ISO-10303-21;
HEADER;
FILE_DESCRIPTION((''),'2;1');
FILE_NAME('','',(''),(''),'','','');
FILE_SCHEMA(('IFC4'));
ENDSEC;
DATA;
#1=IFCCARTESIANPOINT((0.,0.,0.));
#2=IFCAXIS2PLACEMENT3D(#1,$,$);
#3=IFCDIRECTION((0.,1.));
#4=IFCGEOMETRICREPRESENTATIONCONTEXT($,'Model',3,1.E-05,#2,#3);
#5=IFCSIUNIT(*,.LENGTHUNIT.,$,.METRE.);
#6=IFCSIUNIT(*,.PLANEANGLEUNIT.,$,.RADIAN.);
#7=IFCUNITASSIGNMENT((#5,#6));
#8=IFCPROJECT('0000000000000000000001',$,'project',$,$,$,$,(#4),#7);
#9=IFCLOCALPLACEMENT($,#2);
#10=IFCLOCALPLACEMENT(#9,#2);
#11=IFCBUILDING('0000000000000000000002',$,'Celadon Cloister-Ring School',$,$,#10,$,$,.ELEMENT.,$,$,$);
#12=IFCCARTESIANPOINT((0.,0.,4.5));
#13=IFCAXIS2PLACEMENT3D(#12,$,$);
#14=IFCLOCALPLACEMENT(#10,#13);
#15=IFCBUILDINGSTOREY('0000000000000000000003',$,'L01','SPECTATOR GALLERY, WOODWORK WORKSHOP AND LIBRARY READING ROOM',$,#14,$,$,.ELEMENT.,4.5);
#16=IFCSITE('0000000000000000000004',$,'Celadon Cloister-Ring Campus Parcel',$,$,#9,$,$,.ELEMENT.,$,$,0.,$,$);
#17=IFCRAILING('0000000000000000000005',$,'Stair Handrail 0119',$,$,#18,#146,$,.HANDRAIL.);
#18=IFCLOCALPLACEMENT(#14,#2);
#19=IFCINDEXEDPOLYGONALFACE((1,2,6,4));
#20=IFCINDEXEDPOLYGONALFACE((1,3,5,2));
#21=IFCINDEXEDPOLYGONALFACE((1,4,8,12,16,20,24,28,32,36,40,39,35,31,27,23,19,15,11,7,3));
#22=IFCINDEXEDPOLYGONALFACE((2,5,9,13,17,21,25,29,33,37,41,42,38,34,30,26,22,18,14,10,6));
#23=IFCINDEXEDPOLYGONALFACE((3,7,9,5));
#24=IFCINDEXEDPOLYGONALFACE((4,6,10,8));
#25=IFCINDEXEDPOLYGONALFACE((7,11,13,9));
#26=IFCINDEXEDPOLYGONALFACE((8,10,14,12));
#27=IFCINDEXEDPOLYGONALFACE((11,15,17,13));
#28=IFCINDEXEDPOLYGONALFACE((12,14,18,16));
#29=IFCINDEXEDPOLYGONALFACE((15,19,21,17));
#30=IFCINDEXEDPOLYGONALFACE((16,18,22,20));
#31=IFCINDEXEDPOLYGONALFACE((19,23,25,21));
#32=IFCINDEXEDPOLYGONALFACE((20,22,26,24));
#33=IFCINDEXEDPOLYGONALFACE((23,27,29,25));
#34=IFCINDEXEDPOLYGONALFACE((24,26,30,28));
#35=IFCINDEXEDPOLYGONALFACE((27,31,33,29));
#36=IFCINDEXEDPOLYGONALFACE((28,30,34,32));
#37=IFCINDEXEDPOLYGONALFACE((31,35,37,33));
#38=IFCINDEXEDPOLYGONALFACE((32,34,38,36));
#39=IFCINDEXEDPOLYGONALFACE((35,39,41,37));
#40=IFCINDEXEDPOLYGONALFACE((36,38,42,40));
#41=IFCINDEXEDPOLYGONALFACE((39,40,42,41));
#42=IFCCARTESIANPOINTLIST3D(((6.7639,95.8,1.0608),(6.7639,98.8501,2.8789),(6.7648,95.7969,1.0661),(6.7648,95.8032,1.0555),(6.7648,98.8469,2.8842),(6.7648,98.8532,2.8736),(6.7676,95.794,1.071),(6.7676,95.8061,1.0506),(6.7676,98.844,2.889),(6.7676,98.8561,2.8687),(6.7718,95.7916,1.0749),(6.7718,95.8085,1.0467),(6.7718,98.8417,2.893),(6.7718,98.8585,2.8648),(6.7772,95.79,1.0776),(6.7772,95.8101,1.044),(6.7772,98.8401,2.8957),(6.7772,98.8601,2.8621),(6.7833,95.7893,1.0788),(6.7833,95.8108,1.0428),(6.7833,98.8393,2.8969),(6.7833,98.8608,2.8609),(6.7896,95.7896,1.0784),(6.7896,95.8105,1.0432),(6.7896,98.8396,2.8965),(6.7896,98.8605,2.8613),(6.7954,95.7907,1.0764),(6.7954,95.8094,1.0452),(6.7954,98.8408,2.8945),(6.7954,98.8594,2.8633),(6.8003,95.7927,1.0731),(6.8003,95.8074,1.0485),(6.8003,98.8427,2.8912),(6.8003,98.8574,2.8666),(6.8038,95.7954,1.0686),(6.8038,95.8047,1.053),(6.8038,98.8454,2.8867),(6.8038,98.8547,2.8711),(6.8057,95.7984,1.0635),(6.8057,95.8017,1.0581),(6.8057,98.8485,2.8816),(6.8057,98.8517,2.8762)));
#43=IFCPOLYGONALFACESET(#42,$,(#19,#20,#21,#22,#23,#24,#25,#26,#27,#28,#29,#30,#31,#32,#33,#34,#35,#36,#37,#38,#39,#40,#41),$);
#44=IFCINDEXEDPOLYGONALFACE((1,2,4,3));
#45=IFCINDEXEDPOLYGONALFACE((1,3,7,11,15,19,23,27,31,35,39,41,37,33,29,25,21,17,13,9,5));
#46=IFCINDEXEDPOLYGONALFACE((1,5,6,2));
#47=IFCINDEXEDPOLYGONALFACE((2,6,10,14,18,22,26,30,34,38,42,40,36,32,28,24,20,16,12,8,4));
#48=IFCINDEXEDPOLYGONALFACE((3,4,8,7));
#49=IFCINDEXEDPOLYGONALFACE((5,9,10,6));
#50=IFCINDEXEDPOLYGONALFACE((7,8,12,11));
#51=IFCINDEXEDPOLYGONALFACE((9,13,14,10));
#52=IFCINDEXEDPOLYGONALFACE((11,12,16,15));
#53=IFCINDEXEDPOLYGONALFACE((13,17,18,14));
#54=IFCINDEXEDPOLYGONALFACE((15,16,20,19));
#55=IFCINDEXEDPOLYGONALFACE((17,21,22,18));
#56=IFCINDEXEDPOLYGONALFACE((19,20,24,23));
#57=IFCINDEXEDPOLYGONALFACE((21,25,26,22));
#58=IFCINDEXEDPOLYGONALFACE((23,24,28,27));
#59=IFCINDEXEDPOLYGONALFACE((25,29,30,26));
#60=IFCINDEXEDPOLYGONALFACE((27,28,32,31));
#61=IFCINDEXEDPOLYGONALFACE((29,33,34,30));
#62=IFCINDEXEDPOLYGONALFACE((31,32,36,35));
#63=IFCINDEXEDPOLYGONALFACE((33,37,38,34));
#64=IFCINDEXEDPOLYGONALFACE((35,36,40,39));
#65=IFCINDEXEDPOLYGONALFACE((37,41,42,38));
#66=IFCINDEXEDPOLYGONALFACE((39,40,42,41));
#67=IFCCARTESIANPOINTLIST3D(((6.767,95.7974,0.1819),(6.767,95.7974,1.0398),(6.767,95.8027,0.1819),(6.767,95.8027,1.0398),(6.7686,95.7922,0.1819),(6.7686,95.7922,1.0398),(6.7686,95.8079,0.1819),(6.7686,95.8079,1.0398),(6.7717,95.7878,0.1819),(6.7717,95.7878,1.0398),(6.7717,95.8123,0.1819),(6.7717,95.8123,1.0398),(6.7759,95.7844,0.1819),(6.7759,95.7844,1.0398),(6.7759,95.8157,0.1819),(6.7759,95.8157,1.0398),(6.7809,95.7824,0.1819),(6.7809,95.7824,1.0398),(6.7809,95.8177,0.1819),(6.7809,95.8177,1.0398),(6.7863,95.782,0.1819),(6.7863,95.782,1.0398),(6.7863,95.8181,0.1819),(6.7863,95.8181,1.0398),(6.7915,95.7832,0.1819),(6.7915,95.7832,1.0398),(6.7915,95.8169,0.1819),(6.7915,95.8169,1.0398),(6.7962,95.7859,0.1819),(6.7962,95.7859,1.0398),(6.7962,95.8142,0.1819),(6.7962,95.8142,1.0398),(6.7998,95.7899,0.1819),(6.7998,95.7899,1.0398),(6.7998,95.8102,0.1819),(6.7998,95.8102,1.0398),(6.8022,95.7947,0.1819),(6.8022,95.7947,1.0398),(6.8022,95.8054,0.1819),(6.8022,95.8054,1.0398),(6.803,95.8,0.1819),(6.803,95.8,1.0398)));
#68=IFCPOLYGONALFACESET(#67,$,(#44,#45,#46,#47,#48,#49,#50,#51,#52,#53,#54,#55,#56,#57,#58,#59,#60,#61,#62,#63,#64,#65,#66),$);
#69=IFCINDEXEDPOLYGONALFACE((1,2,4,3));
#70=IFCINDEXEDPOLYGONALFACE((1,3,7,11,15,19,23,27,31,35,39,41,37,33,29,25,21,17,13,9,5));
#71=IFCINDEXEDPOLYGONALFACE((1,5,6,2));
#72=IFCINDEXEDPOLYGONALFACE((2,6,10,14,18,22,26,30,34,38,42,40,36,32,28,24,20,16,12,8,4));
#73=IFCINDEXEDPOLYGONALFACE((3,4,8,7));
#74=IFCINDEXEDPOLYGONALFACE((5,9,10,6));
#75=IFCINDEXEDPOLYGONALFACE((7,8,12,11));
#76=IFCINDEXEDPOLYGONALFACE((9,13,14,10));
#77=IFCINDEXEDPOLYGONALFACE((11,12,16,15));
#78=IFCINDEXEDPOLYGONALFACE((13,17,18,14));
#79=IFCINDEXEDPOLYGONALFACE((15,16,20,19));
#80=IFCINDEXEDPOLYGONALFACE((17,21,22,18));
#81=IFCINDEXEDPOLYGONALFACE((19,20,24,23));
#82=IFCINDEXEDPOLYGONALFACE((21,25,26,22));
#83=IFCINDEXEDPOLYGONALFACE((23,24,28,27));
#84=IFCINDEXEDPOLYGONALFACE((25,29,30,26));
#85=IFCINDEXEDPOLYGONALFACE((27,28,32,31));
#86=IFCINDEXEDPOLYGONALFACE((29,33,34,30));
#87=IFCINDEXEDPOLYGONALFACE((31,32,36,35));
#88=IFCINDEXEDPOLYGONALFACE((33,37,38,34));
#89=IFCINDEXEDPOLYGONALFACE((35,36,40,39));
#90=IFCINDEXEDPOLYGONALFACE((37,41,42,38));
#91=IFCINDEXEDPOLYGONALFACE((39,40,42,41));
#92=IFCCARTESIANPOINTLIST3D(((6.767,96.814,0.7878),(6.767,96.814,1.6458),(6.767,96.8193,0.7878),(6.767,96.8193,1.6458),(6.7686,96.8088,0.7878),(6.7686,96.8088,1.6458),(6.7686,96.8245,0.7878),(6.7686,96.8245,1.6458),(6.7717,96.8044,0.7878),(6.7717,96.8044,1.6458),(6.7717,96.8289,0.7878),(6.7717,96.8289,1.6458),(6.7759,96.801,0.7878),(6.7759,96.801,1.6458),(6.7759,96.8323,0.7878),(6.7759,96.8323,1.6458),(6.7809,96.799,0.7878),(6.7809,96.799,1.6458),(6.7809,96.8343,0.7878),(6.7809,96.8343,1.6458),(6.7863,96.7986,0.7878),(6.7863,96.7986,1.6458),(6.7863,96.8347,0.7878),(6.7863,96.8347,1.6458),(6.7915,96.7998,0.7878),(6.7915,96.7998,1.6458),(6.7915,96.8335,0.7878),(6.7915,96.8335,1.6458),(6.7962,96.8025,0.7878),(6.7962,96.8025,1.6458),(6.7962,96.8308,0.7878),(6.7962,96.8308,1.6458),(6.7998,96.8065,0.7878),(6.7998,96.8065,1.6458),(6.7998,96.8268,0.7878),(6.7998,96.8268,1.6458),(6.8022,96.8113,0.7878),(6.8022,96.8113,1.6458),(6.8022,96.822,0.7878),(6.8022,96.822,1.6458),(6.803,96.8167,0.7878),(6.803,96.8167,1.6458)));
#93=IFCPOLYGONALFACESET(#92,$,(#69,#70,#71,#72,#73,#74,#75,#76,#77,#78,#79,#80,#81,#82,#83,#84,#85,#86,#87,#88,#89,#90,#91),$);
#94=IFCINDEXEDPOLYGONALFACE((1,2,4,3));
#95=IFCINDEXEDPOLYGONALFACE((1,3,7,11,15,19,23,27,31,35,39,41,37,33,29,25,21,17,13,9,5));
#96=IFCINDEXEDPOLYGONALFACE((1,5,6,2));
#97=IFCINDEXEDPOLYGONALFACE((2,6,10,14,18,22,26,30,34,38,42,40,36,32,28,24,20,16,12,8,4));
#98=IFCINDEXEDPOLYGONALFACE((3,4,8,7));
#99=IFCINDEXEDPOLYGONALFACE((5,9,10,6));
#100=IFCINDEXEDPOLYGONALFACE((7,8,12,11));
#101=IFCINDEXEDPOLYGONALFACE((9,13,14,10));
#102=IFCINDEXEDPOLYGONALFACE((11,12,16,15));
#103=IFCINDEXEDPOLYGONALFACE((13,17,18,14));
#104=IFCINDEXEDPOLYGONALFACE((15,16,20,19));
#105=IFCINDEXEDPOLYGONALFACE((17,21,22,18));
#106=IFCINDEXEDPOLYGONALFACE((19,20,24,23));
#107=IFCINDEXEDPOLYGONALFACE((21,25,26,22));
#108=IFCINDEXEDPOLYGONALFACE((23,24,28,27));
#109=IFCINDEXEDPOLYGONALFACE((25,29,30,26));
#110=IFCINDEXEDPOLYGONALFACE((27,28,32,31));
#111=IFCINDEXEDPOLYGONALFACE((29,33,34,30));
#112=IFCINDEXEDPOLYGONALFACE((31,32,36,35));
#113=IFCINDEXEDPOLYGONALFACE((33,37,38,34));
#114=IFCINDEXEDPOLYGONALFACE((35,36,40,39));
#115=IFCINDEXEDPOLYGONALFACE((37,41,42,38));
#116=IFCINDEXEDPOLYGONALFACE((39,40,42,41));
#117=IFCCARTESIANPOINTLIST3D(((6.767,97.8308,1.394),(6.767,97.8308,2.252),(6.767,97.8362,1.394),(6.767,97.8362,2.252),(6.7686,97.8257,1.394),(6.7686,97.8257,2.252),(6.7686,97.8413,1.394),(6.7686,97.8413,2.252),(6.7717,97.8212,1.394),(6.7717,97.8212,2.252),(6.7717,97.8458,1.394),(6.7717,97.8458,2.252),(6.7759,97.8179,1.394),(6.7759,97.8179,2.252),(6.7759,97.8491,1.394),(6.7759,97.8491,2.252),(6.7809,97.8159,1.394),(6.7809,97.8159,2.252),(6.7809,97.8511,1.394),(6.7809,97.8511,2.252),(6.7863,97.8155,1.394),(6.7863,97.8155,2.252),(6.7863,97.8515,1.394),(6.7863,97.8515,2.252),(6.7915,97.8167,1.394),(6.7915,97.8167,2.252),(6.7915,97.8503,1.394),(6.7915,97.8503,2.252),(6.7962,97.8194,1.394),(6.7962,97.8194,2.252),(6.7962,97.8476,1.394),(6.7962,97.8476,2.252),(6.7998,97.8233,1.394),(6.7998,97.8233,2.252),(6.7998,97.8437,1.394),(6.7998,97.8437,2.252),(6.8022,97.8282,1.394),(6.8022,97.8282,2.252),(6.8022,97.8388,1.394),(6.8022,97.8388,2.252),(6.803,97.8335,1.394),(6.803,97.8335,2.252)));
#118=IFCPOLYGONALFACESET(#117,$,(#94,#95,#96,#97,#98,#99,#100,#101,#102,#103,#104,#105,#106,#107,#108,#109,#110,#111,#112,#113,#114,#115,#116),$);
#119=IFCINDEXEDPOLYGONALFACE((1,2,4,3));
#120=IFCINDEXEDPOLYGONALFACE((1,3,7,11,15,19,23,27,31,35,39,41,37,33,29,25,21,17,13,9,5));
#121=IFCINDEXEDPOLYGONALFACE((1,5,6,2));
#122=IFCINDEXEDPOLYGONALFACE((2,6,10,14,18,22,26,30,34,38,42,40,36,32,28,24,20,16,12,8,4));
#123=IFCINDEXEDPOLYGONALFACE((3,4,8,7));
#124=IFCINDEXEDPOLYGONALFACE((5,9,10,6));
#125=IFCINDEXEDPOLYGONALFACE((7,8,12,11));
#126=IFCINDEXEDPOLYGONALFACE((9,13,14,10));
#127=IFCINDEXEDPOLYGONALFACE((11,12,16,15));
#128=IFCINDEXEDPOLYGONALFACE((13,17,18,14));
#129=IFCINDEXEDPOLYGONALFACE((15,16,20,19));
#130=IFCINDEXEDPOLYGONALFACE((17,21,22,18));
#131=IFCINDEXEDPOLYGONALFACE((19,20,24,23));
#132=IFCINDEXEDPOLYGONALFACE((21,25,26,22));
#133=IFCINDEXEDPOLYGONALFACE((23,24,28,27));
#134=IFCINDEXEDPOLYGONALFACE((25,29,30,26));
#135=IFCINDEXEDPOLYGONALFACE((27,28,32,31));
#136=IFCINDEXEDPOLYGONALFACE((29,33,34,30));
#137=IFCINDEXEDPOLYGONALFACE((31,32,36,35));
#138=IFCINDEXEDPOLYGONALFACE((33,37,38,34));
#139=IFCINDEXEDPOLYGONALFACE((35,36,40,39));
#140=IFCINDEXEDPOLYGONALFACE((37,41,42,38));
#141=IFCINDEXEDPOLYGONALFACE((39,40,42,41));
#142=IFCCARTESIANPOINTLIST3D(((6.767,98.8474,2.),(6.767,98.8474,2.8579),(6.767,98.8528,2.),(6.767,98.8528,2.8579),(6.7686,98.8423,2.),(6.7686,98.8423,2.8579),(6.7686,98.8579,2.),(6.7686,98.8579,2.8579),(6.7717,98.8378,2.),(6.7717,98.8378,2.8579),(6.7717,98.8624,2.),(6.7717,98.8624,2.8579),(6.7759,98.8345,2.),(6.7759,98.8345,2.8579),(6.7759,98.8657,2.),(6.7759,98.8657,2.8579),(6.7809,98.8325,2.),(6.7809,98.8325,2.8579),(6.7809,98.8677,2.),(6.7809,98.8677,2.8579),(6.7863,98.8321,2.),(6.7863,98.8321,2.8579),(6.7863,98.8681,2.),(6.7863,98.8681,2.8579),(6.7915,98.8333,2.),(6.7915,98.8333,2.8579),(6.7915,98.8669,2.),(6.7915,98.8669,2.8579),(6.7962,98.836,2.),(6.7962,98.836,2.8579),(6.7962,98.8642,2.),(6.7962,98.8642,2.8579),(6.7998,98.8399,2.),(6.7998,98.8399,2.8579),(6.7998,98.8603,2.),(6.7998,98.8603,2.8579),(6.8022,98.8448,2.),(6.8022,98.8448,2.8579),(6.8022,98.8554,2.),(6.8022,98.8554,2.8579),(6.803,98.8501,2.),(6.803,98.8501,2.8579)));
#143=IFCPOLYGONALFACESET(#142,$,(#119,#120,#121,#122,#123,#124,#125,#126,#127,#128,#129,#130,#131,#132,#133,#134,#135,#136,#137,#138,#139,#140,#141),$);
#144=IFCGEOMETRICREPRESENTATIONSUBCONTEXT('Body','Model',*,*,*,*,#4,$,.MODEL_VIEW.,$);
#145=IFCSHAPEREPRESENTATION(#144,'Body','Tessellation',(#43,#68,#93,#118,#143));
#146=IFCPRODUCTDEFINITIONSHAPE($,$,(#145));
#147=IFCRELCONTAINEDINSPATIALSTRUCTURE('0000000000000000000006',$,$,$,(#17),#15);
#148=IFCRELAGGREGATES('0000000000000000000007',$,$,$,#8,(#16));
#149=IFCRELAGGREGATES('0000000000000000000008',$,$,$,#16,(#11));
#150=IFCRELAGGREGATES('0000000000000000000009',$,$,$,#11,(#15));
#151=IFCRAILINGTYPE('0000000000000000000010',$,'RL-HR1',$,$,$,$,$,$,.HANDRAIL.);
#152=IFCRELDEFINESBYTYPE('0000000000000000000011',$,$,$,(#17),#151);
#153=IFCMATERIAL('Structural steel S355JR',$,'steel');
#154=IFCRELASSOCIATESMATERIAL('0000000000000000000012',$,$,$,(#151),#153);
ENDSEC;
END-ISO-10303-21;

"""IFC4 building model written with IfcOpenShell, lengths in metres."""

from ifc_helpers import new_model, si_unit, direction, frame, origin, origin_2d, place, context, subcontext, project, spatial, circle, extrude, material, type_object, element, save


model = new_model("IFC4")

# Units and contexts
model_context = context("Model", 3, precision=1e-05, world=origin(), true_north=direction((0.0, 1.0)))
body_context = subcontext(model_context, "Body", "Model", "MODEL_VIEW")
ifc_project = project(units=[si_unit("LENGTHUNIT", "METRE"), si_unit("PLANEANGLEUNIT", "RADIAN")], contexts=[model_context])

# Site, building, storey
site_placement = place(None, origin())
site = spatial("IfcSite", under=ifc_project, at=site_placement, Name="Celadon Cloister-Ring Campus Parcel", CompositionType="ELEMENT", RefElevation=0.0)
building_placement = place(site_placement, origin())
building = spatial("IfcBuilding", under=site, at=building_placement, Name="Celadon Cloister-Ring School", CompositionType="ELEMENT")
storey_placement = place(building_placement, frame((0.0, 0.0, 4.5)))
storey = spatial("IfcBuildingStorey", under=building, at=storey_placement, Name="L01", Description="SPECTATOR GALLERY, WOODWORK WORKSHOP AND LIBRARY READING ROOM", CompositionType="ELEMENT", Elevation=4.5)

# Railing
ifc_material_1 = material(Name="Structural steel S355JR", Category="steel")
railing_type_1 = type_object("IfcRailingType", Name="RL-HR1", PredefinedType="HANDRAIL", material=ifc_material_1)
for number, where, name in (
    (1, (6.7849, 95.8, 0.1819), "Stair Handrail 0119"),
):
    element("IfcRailing", number, at=place(storey_placement, frame(where)), inside=storey, type_object=railing_type_1, Name=name, PredefinedType="HANDRAIL", context=body_context, shape_type="SweptSolid", body=[
        extrude(circle(Radius=0.021, at=origin_2d()), frame((0.0, 0.0, 0.8789), z_axis=(0.0, 0.85897, 0.512026), x_axis=(-1.0, 0.0, 0.0)), (0.0, 0.0, 1.0), 3.5508),
        extrude(circle(Radius=0.0181, at=origin_2d()), origin(), (0.0, 0.0, 1.0), 0.8579),
        extrude(circle(Radius=0.0181, at=origin_2d()), frame((0.0, 1.0166, 0.606)), (0.0, 0.0, 1.0), 0.8579),
        extrude(circle(Radius=0.0181, at=origin_2d()), frame((0.0, 2.0334, 1.2122)), (0.0, 0.0, 1.0), 0.8579),
        extrude(circle(Radius=0.0181, at=origin_2d()), frame((0.0, 3.05, 1.8181)), (0.0, 0.0, 1.0), 0.8579),
    ])

save(model, "model.ifc")
